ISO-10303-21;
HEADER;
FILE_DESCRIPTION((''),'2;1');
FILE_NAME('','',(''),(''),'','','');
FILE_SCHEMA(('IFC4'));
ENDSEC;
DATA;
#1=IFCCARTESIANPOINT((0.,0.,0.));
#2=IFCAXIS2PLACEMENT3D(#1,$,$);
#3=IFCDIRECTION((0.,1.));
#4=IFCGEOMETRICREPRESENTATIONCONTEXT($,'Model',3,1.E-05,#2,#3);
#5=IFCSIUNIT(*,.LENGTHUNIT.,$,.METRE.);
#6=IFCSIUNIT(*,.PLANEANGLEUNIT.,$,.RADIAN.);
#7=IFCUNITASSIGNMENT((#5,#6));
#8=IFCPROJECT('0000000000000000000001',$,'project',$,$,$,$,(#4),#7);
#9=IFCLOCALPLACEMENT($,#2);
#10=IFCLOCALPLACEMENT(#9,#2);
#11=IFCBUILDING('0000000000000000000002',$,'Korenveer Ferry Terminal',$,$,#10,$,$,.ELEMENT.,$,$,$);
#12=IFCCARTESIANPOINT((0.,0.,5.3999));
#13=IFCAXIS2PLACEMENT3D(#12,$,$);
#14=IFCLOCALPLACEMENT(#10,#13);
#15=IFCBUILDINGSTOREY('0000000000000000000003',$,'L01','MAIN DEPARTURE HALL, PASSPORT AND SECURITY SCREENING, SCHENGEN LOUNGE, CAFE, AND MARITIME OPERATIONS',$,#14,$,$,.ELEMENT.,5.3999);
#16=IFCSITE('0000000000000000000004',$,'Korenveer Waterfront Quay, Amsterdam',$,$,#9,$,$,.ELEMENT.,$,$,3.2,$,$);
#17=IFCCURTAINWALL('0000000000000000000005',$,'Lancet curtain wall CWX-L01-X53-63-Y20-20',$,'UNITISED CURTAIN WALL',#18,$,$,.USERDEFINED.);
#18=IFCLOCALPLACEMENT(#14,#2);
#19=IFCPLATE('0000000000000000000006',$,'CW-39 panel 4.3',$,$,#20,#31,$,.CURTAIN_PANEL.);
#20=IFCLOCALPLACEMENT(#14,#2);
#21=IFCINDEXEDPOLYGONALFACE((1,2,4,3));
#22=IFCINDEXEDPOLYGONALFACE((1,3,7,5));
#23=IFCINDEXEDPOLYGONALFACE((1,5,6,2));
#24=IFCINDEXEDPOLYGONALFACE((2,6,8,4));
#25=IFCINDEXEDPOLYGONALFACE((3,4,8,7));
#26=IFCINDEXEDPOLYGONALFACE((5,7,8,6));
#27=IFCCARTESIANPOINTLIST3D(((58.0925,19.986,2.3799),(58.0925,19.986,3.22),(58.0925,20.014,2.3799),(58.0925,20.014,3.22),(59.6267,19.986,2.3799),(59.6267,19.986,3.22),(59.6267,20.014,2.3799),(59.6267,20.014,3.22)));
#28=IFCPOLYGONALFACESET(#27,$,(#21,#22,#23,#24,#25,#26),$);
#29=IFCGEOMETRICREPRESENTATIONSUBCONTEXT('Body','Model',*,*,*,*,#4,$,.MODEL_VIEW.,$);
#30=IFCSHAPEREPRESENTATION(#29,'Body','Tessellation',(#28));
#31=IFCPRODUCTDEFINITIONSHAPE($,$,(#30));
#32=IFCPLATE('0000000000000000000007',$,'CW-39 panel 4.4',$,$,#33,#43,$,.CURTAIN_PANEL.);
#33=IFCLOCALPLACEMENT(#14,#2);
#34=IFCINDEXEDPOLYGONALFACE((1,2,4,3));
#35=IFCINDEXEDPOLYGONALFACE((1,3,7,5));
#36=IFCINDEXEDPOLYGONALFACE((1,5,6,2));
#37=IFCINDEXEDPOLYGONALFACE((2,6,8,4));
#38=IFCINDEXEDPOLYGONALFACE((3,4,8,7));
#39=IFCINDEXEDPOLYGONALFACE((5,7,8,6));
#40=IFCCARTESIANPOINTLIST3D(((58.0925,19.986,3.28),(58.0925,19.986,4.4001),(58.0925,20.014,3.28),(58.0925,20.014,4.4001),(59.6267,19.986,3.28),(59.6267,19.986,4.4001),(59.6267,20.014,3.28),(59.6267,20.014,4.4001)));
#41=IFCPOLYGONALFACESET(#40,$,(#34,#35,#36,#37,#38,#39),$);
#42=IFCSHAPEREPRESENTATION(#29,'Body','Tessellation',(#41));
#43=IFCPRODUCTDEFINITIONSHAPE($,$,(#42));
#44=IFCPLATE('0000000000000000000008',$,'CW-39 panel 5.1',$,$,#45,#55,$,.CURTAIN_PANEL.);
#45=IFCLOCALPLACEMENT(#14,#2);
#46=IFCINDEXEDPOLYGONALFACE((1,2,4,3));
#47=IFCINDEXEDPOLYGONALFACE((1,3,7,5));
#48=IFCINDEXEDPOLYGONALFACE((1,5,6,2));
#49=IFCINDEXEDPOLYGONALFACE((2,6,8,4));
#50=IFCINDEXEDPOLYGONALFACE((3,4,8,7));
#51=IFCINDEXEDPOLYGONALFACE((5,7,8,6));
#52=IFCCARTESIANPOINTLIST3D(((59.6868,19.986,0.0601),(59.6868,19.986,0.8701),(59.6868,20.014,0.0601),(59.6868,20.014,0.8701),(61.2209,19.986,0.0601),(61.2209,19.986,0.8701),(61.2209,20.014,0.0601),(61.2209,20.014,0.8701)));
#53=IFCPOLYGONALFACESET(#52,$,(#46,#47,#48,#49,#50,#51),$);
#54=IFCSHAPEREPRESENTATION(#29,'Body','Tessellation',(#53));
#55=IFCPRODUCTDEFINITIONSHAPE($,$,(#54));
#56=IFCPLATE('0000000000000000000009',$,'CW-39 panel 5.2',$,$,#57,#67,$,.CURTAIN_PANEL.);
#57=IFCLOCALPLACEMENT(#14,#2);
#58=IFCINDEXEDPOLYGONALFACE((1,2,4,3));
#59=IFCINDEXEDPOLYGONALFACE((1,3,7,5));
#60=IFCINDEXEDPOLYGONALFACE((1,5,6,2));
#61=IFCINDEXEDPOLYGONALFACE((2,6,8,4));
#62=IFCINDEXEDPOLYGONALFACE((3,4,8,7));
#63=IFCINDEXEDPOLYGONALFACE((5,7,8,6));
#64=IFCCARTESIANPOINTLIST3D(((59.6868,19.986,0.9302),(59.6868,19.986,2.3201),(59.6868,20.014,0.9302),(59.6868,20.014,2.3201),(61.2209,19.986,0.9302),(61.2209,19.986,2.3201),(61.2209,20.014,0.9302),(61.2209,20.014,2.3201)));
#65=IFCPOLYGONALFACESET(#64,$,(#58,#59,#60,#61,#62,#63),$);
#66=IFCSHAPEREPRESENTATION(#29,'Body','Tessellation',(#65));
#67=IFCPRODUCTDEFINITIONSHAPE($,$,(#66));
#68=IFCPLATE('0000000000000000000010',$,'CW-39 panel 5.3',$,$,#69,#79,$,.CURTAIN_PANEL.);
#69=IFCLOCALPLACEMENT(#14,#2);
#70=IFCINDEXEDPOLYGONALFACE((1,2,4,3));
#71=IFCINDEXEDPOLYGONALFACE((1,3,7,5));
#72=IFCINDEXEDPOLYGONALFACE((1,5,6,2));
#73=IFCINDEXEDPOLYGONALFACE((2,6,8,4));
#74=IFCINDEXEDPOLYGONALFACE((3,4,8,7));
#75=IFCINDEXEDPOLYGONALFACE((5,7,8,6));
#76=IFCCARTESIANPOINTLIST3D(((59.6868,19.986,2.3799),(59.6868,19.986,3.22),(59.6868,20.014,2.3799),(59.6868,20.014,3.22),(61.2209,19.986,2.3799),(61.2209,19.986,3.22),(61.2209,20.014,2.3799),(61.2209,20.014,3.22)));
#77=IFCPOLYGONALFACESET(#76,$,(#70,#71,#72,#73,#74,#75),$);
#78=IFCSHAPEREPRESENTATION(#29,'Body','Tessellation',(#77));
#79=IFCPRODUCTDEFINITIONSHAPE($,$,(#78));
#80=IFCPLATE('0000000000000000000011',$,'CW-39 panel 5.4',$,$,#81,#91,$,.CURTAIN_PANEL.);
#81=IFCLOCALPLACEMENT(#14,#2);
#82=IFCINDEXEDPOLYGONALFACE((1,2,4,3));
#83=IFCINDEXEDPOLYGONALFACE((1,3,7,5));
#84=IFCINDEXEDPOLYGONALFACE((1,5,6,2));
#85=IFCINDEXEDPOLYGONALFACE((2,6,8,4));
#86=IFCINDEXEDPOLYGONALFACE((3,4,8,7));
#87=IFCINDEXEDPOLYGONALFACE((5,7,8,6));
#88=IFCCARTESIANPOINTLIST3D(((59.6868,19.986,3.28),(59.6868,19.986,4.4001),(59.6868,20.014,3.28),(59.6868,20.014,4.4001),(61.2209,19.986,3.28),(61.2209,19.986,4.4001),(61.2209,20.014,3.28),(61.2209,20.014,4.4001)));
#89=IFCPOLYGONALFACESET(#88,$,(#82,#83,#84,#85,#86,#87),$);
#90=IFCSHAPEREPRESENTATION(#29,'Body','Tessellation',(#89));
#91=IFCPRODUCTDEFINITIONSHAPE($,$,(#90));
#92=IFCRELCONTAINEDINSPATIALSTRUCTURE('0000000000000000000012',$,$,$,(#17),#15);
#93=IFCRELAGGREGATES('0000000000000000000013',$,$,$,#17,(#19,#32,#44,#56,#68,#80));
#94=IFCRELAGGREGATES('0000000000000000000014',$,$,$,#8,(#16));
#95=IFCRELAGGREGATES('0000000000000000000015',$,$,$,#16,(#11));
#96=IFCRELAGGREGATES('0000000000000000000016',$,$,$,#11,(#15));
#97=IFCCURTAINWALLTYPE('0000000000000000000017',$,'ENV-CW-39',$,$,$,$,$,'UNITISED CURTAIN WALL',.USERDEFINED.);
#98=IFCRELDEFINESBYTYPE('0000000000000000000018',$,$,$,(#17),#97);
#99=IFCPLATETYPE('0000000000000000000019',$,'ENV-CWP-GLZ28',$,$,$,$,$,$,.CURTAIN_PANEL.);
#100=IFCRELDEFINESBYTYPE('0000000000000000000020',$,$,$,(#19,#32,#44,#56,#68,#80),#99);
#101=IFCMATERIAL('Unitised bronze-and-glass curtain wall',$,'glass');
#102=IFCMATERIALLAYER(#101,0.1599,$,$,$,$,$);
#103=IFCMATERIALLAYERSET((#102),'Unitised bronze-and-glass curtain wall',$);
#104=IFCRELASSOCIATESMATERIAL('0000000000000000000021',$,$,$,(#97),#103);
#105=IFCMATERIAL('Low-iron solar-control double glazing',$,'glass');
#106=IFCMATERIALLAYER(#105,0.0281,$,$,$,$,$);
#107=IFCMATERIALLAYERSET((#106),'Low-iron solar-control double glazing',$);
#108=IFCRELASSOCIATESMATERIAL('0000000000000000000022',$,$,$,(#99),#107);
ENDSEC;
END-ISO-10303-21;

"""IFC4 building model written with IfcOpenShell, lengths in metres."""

from ifc_helpers import new_model, si_unit, direction, frame, origin, origin_2d, place, context, subcontext, project, spatial, rectangle, extrude, material, layer, layer_set, type_object, element, aggregate, save


model = new_model("IFC4")

# Units and contexts
model_context = context("Model", 3, precision=1e-05, world=origin(), true_north=direction((0.0, 1.0)))
body_context = subcontext(model_context, "Body", "Model", "MODEL_VIEW")
ifc_project = project(units=[si_unit("LENGTHUNIT", "METRE"), si_unit("PLANEANGLEUNIT", "RADIAN")], contexts=[model_context])

# Site, building, storey
site_placement = place(None, origin())
site = spatial("IfcSite", under=ifc_project, at=site_placement, Name="Korenveer Waterfront Quay, Amsterdam", CompositionType="ELEMENT", RefElevation=3.2)
building_placement = place(site_placement, origin())
building = spatial("IfcBuilding", under=site, at=building_placement, Name="Korenveer Ferry Terminal", CompositionType="ELEMENT")
storey_placement = place(building_placement, frame((0.0, 0.0, 5.3999)))
storey = spatial("IfcBuildingStorey", under=building, at=storey_placement, Name="L01", Description="MAIN DEPARTURE HALL, PASSPORT AND SECURITY SCREENING, SCHENGEN LOUNGE, CAFE, AND MARITIME OPERATIONS", CompositionType="ELEMENT", Elevation=5.3999)

# Curtain wall, plates
ifc_material_1 = material(Name="Unitised bronze-and-glass curtain wall", Category="glass")
ifc_layer_1 = layer(ifc_material_1, 0.1599)
ifc_layer_set_1 = layer_set([ifc_layer_1], Name="Unitised bronze-and-glass curtain wall")
curtain_wall_type = type_object("IfcCurtainWallType", Name="ENV-CW-39", ElementType="UNITISED CURTAIN WALL", PredefinedType="USERDEFINED", material=ifc_layer_set_1)
curtain_wall_placement = place(storey_placement, frame((53.28, 20.0, 0.0)))
curtain_wall = element("IfcCurtainWall", 1, at=curtain_wall_placement, inside=storey, type_object=curtain_wall_type, Name="Lancet curtain wall CWX-L01-X53-63-Y20-20", ObjectType="UNITISED CURTAIN WALL", PredefinedType="USERDEFINED")
ifc_material_2 = material(Name="Low-iron solar-control double glazing", Category="glass")
ifc_layer_2 = layer(ifc_material_2, 0.0281)
ifc_layer_set_2 = layer_set([ifc_layer_2], Name="Low-iron solar-control double glazing")
plate_type = type_object("IfcPlateType", Name="ENV-CWP-GLZ28", PredefinedType="CURTAIN_PANEL", material=ifc_layer_set_2)
plate_1_placement = place(storey_placement, frame((58.8596, 20.0, 2.3799), z_axis=(0.0, 0.0, 1.0), x_axis=(1.0, 0.0, 0.0)))
plate_1 = element("IfcPlate", 2, at=plate_1_placement, type_object=plate_type, Name="CW-39 panel 4.3", PredefinedType="CURTAIN_PANEL", context=body_context, shape_type="SweptSolid", body=[
    extrude(rectangle(XDim=1.5342, YDim=0.0281, at=origin_2d()), origin(), (0.0, 0.0, 1.0), 0.8401),
])
plate_2_placement = place(storey_placement, frame((58.8596, 20.0, 3.28), z_axis=(0.0, 0.0, 1.0), x_axis=(1.0, 0.0, 0.0)))
plate_2 = element("IfcPlate", 3, at=plate_2_placement, type_object=plate_type, Name="CW-39 panel 4.4", PredefinedType="CURTAIN_PANEL", context=body_context, shape_type="SweptSolid", body=[
    extrude(rectangle(XDim=1.5342, YDim=0.0281, at=origin_2d()), origin(), (0.0, 0.0, 1.0), 1.1201),
])
plate_3_placement = place(storey_placement, frame((60.4539, 20.0, 0.0601), z_axis=(0.0, 0.0, 1.0), x_axis=(1.0, 0.0, 0.0)))
plate_3 = element("IfcPlate", 4, at=plate_3_placement, type_object=plate_type, Name="CW-39 panel 5.1", PredefinedType="CURTAIN_PANEL", context=body_context, shape_type="SweptSolid", body=[
    extrude(rectangle(XDim=1.5342, YDim=0.0281, at=origin_2d()), origin(), (0.0, 0.0, 1.0), 0.8101),
])
plate_4_placement = place(storey_placement, frame((60.4539, 20.0, 0.9302), z_axis=(0.0, 0.0, 1.0), x_axis=(1.0, 0.0, 0.0)))
plate_4 = element("IfcPlate", 5, at=plate_4_placement, type_object=plate_type, Name="CW-39 panel 5.2", PredefinedType="CURTAIN_PANEL", context=body_context, shape_type="SweptSolid", body=[
    extrude(rectangle(XDim=1.5342, YDim=0.0281, at=origin_2d()), origin(), (0.0, 0.0, 1.0), 1.3899),
])
plate_5_placement = place(storey_placement, frame((60.4539, 20.0, 2.3799), z_axis=(0.0, 0.0, 1.0), x_axis=(1.0, 0.0, 0.0)))
plate_5 = element("IfcPlate", 6, at=plate_5_placement, type_object=plate_type, Name="CW-39 panel 5.3", PredefinedType="CURTAIN_PANEL", context=body_context, shape_type="SweptSolid", body=[
    extrude(rectangle(XDim=1.5342, YDim=0.0281, at=origin_2d()), origin(), (0.0, 0.0, 1.0), 0.8401),
])
plate_6_placement = place(storey_placement, frame((60.4539, 20.0, 3.28), z_axis=(0.0, 0.0, 1.0), x_axis=(1.0, 0.0, 0.0)))
plate_6 = element("IfcPlate", 7, at=plate_6_placement, type_object=plate_type, Name="CW-39 panel 5.4", PredefinedType="CURTAIN_PANEL", context=body_context, shape_type="SweptSolid", body=[
    extrude(rectangle(XDim=1.5342, YDim=0.0281, at=origin_2d()), origin(), (0.0, 0.0, 1.0), 1.1201),
])
aggregate(curtain_wall, [plate_1, plate_2, plate_3, plate_4, plate_5, plate_6])

save(model, "model.ifc")
